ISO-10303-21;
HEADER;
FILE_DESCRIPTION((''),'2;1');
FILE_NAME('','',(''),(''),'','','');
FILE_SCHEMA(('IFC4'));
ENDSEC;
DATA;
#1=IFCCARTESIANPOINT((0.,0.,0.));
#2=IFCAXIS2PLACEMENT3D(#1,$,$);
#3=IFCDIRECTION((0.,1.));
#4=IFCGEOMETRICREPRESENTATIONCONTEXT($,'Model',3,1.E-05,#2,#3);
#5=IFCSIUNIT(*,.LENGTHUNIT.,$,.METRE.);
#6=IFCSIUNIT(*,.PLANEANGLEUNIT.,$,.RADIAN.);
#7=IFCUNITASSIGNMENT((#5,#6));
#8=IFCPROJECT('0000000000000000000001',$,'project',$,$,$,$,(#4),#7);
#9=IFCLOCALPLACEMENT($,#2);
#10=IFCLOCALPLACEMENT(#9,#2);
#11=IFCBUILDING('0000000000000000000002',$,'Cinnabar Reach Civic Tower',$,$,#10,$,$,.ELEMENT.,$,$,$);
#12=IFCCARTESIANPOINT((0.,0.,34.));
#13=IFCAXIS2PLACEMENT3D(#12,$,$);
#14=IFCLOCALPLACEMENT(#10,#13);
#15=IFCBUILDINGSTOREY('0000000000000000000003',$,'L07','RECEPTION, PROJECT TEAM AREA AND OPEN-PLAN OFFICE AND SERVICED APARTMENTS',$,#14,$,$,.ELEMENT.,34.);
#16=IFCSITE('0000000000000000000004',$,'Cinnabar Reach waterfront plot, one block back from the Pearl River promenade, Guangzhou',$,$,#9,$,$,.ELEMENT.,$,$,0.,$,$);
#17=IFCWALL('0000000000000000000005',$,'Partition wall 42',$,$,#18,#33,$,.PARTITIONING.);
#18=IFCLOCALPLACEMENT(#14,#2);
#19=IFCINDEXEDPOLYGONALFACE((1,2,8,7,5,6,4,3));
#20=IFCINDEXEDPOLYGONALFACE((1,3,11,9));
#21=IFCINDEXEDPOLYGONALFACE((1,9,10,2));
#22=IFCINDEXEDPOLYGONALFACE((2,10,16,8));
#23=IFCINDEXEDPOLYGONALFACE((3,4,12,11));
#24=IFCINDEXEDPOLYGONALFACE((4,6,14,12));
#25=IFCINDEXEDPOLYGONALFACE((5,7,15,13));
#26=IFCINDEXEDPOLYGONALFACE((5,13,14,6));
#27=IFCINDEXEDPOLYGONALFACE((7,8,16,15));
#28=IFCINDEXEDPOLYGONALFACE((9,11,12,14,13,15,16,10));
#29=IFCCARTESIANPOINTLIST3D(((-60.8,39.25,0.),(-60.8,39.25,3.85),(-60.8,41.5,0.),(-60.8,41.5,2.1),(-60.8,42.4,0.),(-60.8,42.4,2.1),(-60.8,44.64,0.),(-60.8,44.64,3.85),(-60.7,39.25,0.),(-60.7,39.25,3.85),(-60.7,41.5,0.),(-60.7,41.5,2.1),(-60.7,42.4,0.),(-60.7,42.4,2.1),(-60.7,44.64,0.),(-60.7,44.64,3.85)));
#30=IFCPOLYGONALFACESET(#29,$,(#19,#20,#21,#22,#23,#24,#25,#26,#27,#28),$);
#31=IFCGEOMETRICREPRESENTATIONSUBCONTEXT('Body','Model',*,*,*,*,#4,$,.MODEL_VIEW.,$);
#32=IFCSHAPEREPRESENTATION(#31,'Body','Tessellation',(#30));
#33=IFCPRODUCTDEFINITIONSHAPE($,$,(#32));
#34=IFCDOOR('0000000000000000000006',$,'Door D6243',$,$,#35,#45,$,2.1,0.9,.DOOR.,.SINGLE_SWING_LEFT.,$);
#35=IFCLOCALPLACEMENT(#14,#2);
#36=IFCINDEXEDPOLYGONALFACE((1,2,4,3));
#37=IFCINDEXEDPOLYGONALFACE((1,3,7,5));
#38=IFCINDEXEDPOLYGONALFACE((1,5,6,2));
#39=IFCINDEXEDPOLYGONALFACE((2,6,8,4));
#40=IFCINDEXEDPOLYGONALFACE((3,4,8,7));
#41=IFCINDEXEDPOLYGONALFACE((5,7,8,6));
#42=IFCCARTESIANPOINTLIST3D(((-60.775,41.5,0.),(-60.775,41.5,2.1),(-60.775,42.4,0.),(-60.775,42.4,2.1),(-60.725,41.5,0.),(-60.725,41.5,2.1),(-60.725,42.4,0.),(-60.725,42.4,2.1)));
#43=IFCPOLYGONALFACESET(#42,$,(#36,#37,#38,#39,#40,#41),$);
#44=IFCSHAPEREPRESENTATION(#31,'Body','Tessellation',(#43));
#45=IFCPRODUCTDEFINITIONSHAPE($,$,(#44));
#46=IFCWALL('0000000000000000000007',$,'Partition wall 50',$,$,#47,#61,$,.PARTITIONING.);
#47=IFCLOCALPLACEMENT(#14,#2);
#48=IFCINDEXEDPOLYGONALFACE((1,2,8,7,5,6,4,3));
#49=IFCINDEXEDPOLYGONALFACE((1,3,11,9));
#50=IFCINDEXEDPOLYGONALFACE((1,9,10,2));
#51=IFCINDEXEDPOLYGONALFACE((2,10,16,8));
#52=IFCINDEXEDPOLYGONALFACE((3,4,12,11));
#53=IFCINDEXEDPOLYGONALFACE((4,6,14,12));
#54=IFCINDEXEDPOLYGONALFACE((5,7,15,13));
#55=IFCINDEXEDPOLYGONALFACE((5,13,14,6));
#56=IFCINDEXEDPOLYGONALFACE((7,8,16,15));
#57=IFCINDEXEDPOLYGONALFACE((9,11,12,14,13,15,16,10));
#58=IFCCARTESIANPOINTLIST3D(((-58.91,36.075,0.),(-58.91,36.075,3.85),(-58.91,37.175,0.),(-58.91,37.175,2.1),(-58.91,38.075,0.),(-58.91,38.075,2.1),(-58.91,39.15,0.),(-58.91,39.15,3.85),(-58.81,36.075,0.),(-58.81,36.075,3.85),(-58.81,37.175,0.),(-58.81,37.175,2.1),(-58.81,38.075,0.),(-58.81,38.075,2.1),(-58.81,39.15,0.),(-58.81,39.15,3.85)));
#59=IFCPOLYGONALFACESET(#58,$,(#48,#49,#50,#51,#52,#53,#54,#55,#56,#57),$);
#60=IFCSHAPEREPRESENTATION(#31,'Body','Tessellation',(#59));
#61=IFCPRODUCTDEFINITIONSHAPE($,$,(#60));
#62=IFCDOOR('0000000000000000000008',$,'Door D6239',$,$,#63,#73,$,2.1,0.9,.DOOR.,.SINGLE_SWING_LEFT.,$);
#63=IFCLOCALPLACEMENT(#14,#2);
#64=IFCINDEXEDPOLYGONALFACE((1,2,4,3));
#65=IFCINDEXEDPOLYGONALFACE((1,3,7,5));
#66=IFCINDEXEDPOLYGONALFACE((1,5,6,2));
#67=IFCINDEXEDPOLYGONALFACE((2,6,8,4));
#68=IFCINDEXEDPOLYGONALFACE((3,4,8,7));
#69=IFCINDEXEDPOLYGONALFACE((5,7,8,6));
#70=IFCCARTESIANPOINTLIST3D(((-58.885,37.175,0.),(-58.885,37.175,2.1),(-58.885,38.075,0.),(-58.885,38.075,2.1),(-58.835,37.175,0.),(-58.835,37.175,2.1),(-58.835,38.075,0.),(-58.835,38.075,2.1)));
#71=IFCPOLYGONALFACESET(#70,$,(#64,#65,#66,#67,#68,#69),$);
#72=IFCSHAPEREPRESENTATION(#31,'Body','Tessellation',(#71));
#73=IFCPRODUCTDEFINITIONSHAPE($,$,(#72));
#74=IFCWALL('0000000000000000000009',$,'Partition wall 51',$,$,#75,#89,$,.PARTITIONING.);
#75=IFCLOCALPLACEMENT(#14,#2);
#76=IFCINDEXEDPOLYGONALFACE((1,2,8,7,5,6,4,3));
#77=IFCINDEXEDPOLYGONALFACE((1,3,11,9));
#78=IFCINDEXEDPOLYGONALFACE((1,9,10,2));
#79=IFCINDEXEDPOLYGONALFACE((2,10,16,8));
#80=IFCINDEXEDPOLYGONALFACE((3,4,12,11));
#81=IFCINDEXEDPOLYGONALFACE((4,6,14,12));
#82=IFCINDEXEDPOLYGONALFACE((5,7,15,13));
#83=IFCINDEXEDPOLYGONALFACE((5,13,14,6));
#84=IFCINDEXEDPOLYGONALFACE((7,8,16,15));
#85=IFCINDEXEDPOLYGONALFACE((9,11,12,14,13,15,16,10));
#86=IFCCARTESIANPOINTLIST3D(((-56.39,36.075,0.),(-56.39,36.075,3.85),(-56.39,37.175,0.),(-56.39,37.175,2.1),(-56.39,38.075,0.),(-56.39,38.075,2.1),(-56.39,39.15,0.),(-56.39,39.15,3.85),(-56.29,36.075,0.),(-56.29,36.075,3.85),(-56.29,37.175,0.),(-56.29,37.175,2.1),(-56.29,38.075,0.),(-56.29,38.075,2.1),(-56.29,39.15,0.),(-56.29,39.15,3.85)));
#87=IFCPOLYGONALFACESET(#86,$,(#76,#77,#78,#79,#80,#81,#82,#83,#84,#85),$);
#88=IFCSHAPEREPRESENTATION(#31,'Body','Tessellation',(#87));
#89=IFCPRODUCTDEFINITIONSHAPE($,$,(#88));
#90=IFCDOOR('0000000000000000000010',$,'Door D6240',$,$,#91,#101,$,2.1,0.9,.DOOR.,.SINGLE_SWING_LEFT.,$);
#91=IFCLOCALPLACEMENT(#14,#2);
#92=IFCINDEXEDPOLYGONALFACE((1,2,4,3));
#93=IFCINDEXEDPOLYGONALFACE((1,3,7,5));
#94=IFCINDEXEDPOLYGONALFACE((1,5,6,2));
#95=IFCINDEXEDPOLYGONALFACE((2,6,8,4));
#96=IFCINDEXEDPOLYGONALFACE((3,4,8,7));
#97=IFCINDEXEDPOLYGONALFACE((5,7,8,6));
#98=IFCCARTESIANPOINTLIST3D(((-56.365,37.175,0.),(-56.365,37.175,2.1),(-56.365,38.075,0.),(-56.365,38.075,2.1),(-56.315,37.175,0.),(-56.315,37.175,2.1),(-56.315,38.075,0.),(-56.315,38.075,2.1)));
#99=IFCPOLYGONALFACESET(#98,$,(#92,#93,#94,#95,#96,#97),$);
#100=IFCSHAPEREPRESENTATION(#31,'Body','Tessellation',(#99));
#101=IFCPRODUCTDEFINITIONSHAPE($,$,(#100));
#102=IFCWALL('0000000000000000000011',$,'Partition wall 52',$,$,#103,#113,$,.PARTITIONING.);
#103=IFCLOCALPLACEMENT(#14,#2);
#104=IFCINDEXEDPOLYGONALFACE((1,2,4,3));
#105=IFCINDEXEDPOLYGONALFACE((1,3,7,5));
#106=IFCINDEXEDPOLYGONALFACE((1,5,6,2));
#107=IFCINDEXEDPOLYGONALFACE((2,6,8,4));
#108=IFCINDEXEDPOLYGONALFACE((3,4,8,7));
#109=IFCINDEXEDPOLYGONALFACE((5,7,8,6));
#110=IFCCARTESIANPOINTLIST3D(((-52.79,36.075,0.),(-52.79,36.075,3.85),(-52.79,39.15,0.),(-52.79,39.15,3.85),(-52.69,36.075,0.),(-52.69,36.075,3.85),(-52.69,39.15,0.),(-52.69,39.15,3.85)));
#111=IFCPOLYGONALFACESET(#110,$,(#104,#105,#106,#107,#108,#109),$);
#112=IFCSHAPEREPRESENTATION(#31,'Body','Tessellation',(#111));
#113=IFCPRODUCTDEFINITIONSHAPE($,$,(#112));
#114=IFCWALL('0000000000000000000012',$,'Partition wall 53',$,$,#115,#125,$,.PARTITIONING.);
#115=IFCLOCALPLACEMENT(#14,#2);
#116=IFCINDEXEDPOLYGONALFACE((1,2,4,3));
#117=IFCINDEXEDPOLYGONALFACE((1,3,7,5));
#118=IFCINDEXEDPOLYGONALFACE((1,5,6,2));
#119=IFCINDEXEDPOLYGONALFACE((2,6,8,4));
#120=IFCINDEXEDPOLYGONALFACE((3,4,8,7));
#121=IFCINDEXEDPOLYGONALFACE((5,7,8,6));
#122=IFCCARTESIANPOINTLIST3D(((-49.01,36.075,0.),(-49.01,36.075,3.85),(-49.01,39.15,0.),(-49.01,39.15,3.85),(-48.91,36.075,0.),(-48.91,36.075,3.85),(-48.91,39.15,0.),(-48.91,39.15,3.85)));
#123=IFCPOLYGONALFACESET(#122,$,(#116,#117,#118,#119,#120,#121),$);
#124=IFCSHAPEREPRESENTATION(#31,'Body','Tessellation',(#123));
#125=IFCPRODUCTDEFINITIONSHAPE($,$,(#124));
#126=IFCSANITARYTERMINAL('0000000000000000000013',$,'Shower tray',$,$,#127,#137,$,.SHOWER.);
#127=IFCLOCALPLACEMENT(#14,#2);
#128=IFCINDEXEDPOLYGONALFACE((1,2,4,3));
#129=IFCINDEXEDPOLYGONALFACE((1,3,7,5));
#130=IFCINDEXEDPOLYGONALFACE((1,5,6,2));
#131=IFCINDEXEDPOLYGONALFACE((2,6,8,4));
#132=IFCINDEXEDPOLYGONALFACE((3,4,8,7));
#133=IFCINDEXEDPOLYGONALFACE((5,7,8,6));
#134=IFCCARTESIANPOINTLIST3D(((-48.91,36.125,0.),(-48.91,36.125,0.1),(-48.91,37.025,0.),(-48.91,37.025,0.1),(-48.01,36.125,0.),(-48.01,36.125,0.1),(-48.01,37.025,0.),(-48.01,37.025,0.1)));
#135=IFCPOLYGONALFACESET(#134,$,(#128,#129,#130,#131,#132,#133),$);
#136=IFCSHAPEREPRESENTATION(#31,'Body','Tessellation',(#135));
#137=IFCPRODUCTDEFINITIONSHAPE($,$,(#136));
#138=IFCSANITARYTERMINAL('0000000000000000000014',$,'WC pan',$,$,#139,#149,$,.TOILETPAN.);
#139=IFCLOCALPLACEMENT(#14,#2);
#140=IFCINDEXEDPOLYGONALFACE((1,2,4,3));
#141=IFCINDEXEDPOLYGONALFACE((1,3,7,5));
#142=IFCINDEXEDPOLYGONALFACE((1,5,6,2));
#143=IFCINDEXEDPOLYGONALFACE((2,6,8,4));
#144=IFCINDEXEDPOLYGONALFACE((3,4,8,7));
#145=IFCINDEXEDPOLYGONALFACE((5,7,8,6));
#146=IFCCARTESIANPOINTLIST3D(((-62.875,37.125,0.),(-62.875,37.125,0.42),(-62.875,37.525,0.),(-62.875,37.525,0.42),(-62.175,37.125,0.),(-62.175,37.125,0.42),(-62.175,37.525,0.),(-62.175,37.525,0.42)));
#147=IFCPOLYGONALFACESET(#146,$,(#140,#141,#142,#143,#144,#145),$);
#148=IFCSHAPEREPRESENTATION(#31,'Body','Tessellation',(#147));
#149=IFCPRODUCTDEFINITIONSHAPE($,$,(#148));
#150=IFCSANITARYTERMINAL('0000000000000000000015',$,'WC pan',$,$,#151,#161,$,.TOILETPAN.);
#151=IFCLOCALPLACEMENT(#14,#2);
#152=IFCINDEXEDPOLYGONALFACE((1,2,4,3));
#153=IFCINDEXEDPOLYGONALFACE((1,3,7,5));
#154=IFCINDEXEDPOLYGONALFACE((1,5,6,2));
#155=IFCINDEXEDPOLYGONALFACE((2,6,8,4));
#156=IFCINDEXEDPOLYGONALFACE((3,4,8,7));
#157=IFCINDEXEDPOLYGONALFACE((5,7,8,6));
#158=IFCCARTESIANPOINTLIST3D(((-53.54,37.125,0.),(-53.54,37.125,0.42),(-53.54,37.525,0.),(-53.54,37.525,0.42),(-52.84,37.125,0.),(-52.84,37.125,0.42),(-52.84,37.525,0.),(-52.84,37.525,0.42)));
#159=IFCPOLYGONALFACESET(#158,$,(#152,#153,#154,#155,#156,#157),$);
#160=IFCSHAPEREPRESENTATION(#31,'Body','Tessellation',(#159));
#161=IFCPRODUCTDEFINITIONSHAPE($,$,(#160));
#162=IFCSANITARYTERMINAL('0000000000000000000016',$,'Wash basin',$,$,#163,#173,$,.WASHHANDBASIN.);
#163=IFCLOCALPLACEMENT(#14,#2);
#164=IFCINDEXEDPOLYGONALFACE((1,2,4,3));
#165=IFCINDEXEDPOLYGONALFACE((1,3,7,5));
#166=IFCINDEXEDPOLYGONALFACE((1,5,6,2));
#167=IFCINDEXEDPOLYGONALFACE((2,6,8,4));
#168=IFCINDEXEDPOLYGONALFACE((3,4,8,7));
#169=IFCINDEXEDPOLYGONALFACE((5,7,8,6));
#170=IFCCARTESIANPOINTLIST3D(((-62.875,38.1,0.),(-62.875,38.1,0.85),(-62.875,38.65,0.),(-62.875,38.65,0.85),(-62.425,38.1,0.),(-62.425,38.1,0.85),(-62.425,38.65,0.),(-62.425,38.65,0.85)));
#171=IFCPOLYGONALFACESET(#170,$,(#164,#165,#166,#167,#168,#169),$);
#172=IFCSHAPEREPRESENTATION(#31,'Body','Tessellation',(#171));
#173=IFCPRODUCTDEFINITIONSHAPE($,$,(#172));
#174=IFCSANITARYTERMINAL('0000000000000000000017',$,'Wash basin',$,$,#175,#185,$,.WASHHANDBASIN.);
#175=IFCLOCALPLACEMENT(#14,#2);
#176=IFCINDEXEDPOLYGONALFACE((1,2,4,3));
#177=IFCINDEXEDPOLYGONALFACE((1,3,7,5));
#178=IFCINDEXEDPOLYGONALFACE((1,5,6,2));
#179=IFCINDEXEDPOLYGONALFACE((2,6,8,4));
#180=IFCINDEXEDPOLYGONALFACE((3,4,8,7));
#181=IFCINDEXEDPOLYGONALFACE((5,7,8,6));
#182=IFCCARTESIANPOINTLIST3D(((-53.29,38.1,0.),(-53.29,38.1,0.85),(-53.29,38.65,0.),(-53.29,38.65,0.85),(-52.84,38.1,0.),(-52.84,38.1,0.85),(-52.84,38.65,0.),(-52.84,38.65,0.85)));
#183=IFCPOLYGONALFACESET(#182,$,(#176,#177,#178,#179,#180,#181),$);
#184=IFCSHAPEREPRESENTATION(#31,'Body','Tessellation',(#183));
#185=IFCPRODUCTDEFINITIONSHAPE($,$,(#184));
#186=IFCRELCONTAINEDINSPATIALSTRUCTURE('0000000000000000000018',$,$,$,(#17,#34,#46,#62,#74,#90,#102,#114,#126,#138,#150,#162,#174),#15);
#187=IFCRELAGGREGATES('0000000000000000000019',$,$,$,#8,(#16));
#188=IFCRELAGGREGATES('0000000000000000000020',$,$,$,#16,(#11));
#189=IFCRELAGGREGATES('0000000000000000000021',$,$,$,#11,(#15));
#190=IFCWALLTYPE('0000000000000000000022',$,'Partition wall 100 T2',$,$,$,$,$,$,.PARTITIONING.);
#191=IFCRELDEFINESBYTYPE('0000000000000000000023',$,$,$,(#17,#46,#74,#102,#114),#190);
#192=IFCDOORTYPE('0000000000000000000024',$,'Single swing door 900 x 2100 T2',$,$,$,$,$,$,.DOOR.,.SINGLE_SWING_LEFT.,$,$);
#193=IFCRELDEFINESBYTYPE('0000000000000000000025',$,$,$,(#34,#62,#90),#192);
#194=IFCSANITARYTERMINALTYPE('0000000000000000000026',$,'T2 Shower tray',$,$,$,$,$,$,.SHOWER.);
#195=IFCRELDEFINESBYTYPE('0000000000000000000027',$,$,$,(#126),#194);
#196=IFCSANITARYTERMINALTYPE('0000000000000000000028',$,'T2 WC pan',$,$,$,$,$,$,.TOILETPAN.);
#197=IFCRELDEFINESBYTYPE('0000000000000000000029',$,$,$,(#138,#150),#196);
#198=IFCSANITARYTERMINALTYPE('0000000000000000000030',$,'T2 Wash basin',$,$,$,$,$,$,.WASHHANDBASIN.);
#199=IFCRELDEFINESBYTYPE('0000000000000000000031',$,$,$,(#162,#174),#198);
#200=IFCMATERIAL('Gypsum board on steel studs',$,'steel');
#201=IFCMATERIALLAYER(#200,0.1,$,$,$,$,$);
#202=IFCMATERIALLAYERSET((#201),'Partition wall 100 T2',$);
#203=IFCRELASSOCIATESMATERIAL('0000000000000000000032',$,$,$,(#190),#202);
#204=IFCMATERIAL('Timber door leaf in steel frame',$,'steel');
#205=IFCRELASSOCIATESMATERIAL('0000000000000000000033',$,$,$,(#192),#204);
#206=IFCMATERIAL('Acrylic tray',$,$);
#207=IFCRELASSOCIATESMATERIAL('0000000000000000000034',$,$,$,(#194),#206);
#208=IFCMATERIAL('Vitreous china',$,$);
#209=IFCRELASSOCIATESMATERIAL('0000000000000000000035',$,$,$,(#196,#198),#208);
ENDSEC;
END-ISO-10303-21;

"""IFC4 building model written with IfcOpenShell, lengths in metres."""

from ifc_helpers import new_model, si_unit, direction, frame, frame_2d, origin, origin_2d, place, context, subcontext, project, spatial, rectangle, extrude, material, layer, layer_set, type_object, element, fill, save


model = new_model("IFC4")

# Units and contexts
model_context = context("Model", 3, precision=1e-05, world=origin(), true_north=direction((0.0, 1.0)))
body_context = subcontext(model_context, "Body", "Model", "MODEL_VIEW")
ifc_project = project(units=[si_unit("LENGTHUNIT", "METRE"), si_unit("PLANEANGLEUNIT", "RADIAN")], contexts=[model_context])

# Site, building, storey
site_placement = place(None, origin())
site = spatial("IfcSite", under=ifc_project, at=site_placement, Name="Cinnabar Reach waterfront plot, one block back from the Pearl River promenade, Guangzhou", CompositionType="ELEMENT", RefElevation=0.0)
building_placement = place(site_placement, origin())
building = spatial("IfcBuilding", under=site, at=building_placement, Name="Cinnabar Reach Civic Tower", CompositionType="ELEMENT")
storey_placement = place(building_placement, frame((0.0, 0.0, 34.0)))
storey = spatial("IfcBuildingStorey", under=building, at=storey_placement, Name="L07", Description="RECEPTION, PROJECT TEAM AREA AND OPEN-PLAN OFFICE AND SERVICED APARTMENTS", CompositionType="ELEMENT", Elevation=34.0)

# Shared definitions
ifc_material_1 = material(Name="Gypsum board on steel studs", Category="steel")
ifc_layer_1 = layer(ifc_material_1, 0.1)
ifc_layer_set_1 = layer_set([ifc_layer_1], Name="Partition wall 100 T2")
wall_type_1 = type_object("IfcWallType", Name="Partition wall 100 T2", PredefinedType="PARTITIONING", material=ifc_layer_set_1)
ifc_material_2 = material(Name="Timber door leaf in steel frame", Category="steel")
door_type = type_object("IfcDoorType", Name="Single swing door 900 x 2100 T2", OperationType="SINGLE_SWING_LEFT", PredefinedType="DOOR", material=ifc_material_2)

# Walls, openings, doors
wall_1_placement = place(storey_placement, frame((-60.75, 39.25, 0.0), z_axis=(0.0, 0.0, 1.0), x_axis=(0.0, 1.0, 0.0)))
wall_1 = element("IfcWall", 1, at=wall_1_placement, inside=storey, type_object=wall_type_1, Name="Partition wall 42", PredefinedType="PARTITIONING", context=body_context, shape_type="SweptSolid", body=[
    extrude(rectangle(XDim=5.39, YDim=0.1, at=frame_2d((2.695, 0.0))), origin(), (0.0, 0.0, 1.0), 3.85),
])
opening_1_placement = place(wall_1_placement, frame((2.25, 0.0, 0.0)))
opening_1 = element("IfcOpeningElement", 2, at=opening_1_placement, cuts=wall_1, PredefinedType="OPENING", context=body_context, shape_type="SweptSolid", body=[
    extrude(rectangle(XDim=0.9, YDim=2.1, at=frame_2d((0.45, 1.05))), frame((0.0, 0.06, 0.0), z_axis=(0.0, -1.0, 0.0), x_axis=(1.0, 0.0, 0.0)), (0.0, 0.0, 1.0), 0.12),
])
door_1_placement = place(opening_1_placement, origin())
door_1 = element("IfcDoor", 3, at=door_1_placement, inside=storey, type_object=door_type, Name="Door D6243", OperationType="SINGLE_SWING_LEFT", OverallHeight=2.1, OverallWidth=0.9, PredefinedType="DOOR", context=body_context, shape_type="SweptSolid", body=[
    extrude(rectangle(XDim=0.9, YDim=2.1, at=frame_2d((0.45, 1.05))), frame((0.0, 0.025, 0.0), z_axis=(0.0, -1.0, 0.0), x_axis=(1.0, 0.0, 0.0)), (0.0, 0.0, 1.0), 0.05),
])
fill(opening_1, door_1)
wall_2_placement = place(storey_placement, frame((-58.86, 36.075, 0.0), z_axis=(0.0, 0.0, 1.0), x_axis=(0.0, 1.0, 0.0)))
wall_2 = element("IfcWall", 4, at=wall_2_placement, inside=storey, type_object=wall_type_1, Name="Partition wall 50", PredefinedType="PARTITIONING", context=body_context, shape_type="SweptSolid", body=[
    extrude(rectangle(XDim=3.075, YDim=0.1, at=frame_2d((1.5375, 0.0))), origin(), (0.0, 0.0, 1.0), 3.85),
])
opening_2_placement = place(wall_2_placement, frame((1.1, 0.0, 0.0)))
opening_2 = element("IfcOpeningElement", 5, at=opening_2_placement, cuts=wall_2, PredefinedType="OPENING", context=body_context, shape_type="SweptSolid", body=[
    extrude(rectangle(XDim=0.9, YDim=2.1, at=frame_2d((0.45, 1.05))), frame((0.0, 0.06, 0.0), z_axis=(0.0, -1.0, 0.0), x_axis=(1.0, 0.0, 0.0)), (0.0, 0.0, 1.0), 0.12),
])
door_2_placement = place(opening_2_placement, origin())
door_2 = element("IfcDoor", 6, at=door_2_placement, inside=storey, type_object=door_type, Name="Door D6239", OperationType="SINGLE_SWING_LEFT", OverallHeight=2.1, OverallWidth=0.9, PredefinedType="DOOR", context=body_context, shape_type="SweptSolid", body=[
    extrude(rectangle(XDim=0.9, YDim=2.1, at=frame_2d((0.45, 1.05))), frame((0.0, 0.025, 0.0), z_axis=(0.0, -1.0, 0.0), x_axis=(1.0, 0.0, 0.0)), (0.0, 0.0, 1.0), 0.05),
])
fill(opening_2, door_2)
wall_3_placement = place(storey_placement, frame((-56.34, 36.075, 0.0), z_axis=(0.0, 0.0, 1.0), x_axis=(0.0, 1.0, 0.0)))
wall_3 = element("IfcWall", 7, at=wall_3_placement, inside=storey, type_object=wall_type_1, Name="Partition wall 51", PredefinedType="PARTITIONING", context=body_context, shape_type="SweptSolid", body=[
    extrude(rectangle(XDim=3.075, YDim=0.1, at=frame_2d((1.5375, 0.0))), origin(), (0.0, 0.0, 1.0), 3.85),
])
opening_3_placement = place(wall_3_placement, frame((1.1, 0.0, 0.0)))
opening_3 = element("IfcOpeningElement", 8, at=opening_3_placement, cuts=wall_3, PredefinedType="OPENING", context=body_context, shape_type="SweptSolid", body=[
    extrude(rectangle(XDim=0.9, YDim=2.1, at=frame_2d((0.45, 1.05))), frame((0.0, 0.06, 0.0), z_axis=(0.0, -1.0, 0.0), x_axis=(1.0, 0.0, 0.0)), (0.0, 0.0, 1.0), 0.12),
])
door_3_placement = place(opening_3_placement, frame((0.9, 0.0, 0.0), z_axis=(0.0, 0.0, 1.0), x_axis=(-1.0, 0.0, 0.0)))
door_3 = element("IfcDoor", 9, at=door_3_placement, inside=storey, type_object=door_type, Name="Door D6240", OperationType="SINGLE_SWING_LEFT", OverallHeight=2.1, OverallWidth=0.9, PredefinedType="DOOR", context=body_context, shape_type="SweptSolid", body=[
    extrude(rectangle(XDim=0.9, YDim=2.1, at=frame_2d((0.45, 1.05))), frame((0.0, 0.025, 0.0), z_axis=(0.0, -1.0, 0.0), x_axis=(1.0, 0.0, 0.0)), (0.0, 0.0, 1.0), 0.05),
])
fill(opening_3, door_3)

# Walls
for number, where, z_axis, x_axis, name in (
    (10, (-52.74, 36.075, 0.0), (0.0, 0.0, 1.0), (0.0, 1.0, 0.0), "Partition wall 52"),
    (11, (-48.96, 36.075, 0.0), (0.0, 0.0, 1.0), (0.0, 1.0, 0.0), "Partition wall 53"),
):
    element("IfcWall", number, at=place(storey_placement, frame(where, z_axis=z_axis, x_axis=x_axis)), inside=storey, type_object=wall_type_1, Name=name, PredefinedType="PARTITIONING", context=body_context, shape_type="SweptSolid", body=[
        extrude(rectangle(XDim=3.075, YDim=0.1, at=frame_2d((1.5375, 0.0))), origin(), (0.0, 0.0, 1.0), 3.85),
    ])

# Sanitary terminals
ifc_material_3 = material(Name="Acrylic tray")
sanitary_terminal_type_1 = type_object("IfcSanitaryTerminalType", Name="T2 Shower tray", PredefinedType="SHOWER", material=ifc_material_3)
sanitary_terminal_placement = place(storey_placement, frame((-48.46, 36.575, 0.0), z_axis=(0.0, 0.0, 1.0), x_axis=(1.0, 0.0, 0.0)))
element("IfcSanitaryTerminal", 12, at=sanitary_terminal_placement, inside=storey, type_object=sanitary_terminal_type_1, Name="Shower tray", PredefinedType="SHOWER", context=body_context, shape_type="SweptSolid", body=[
    extrude(rectangle(XDim=0.9, YDim=0.9, at=origin_2d()), origin(), (0.0, 0.0, 1.0), 0.1),
])
ifc_material_4 = material(Name="Vitreous china")
sanitary_terminal_type_2 = type_object("IfcSanitaryTerminalType", Name="T2 WC pan", PredefinedType="TOILETPAN", material=ifc_material_4)
for number, where, z_axis, x_axis, name in (
    (13, (-62.525, 37.325, 0.0), (0.0, 0.0, 1.0), (1.0, 0.0, 0.0), "WC pan"),
    (14, (-53.19, 37.325, 0.0), (0.0, 0.0, 1.0), (1.0, 0.0, 0.0), "WC pan"),
):
    element("IfcSanitaryTerminal", number, at=place(storey_placement, frame(where, z_axis=z_axis, x_axis=x_axis)), inside=storey, type_object=sanitary_terminal_type_2, Name=name, PredefinedType="TOILETPAN", context=body_context, shape_type="SweptSolid", body=[
        extrude(rectangle(XDim=0.7, YDim=0.4, at=origin_2d()), origin(), (0.0, 0.0, 1.0), 0.42),
    ])
sanitary_terminal_type_3 = type_object("IfcSanitaryTerminalType", Name="T2 Wash basin", PredefinedType="WASHHANDBASIN", material=ifc_material_4)
for number, where, z_axis, x_axis, name in (
    (15, (-62.65, 38.375, 0.0), (0.0, 0.0, 1.0), (1.0, 0.0, 0.0), "Wash basin"),
    (16, (-53.065, 38.375, 0.0), (0.0, 0.0, 1.0), (1.0, 0.0, 0.0), "Wash basin"),
):
    element("IfcSanitaryTerminal", number, at=place(storey_placement, frame(where, z_axis=z_axis, x_axis=x_axis)), inside=storey, type_object=sanitary_terminal_type_3, Name=name, PredefinedType="WASHHANDBASIN", context=body_context, shape_type="SweptSolid", body=[
        extrude(rectangle(XDim=0.45, YDim=0.55, at=origin_2d()), origin(), (0.0, 0.0, 1.0), 0.85),
    ])

save(model, "model.ifc")
